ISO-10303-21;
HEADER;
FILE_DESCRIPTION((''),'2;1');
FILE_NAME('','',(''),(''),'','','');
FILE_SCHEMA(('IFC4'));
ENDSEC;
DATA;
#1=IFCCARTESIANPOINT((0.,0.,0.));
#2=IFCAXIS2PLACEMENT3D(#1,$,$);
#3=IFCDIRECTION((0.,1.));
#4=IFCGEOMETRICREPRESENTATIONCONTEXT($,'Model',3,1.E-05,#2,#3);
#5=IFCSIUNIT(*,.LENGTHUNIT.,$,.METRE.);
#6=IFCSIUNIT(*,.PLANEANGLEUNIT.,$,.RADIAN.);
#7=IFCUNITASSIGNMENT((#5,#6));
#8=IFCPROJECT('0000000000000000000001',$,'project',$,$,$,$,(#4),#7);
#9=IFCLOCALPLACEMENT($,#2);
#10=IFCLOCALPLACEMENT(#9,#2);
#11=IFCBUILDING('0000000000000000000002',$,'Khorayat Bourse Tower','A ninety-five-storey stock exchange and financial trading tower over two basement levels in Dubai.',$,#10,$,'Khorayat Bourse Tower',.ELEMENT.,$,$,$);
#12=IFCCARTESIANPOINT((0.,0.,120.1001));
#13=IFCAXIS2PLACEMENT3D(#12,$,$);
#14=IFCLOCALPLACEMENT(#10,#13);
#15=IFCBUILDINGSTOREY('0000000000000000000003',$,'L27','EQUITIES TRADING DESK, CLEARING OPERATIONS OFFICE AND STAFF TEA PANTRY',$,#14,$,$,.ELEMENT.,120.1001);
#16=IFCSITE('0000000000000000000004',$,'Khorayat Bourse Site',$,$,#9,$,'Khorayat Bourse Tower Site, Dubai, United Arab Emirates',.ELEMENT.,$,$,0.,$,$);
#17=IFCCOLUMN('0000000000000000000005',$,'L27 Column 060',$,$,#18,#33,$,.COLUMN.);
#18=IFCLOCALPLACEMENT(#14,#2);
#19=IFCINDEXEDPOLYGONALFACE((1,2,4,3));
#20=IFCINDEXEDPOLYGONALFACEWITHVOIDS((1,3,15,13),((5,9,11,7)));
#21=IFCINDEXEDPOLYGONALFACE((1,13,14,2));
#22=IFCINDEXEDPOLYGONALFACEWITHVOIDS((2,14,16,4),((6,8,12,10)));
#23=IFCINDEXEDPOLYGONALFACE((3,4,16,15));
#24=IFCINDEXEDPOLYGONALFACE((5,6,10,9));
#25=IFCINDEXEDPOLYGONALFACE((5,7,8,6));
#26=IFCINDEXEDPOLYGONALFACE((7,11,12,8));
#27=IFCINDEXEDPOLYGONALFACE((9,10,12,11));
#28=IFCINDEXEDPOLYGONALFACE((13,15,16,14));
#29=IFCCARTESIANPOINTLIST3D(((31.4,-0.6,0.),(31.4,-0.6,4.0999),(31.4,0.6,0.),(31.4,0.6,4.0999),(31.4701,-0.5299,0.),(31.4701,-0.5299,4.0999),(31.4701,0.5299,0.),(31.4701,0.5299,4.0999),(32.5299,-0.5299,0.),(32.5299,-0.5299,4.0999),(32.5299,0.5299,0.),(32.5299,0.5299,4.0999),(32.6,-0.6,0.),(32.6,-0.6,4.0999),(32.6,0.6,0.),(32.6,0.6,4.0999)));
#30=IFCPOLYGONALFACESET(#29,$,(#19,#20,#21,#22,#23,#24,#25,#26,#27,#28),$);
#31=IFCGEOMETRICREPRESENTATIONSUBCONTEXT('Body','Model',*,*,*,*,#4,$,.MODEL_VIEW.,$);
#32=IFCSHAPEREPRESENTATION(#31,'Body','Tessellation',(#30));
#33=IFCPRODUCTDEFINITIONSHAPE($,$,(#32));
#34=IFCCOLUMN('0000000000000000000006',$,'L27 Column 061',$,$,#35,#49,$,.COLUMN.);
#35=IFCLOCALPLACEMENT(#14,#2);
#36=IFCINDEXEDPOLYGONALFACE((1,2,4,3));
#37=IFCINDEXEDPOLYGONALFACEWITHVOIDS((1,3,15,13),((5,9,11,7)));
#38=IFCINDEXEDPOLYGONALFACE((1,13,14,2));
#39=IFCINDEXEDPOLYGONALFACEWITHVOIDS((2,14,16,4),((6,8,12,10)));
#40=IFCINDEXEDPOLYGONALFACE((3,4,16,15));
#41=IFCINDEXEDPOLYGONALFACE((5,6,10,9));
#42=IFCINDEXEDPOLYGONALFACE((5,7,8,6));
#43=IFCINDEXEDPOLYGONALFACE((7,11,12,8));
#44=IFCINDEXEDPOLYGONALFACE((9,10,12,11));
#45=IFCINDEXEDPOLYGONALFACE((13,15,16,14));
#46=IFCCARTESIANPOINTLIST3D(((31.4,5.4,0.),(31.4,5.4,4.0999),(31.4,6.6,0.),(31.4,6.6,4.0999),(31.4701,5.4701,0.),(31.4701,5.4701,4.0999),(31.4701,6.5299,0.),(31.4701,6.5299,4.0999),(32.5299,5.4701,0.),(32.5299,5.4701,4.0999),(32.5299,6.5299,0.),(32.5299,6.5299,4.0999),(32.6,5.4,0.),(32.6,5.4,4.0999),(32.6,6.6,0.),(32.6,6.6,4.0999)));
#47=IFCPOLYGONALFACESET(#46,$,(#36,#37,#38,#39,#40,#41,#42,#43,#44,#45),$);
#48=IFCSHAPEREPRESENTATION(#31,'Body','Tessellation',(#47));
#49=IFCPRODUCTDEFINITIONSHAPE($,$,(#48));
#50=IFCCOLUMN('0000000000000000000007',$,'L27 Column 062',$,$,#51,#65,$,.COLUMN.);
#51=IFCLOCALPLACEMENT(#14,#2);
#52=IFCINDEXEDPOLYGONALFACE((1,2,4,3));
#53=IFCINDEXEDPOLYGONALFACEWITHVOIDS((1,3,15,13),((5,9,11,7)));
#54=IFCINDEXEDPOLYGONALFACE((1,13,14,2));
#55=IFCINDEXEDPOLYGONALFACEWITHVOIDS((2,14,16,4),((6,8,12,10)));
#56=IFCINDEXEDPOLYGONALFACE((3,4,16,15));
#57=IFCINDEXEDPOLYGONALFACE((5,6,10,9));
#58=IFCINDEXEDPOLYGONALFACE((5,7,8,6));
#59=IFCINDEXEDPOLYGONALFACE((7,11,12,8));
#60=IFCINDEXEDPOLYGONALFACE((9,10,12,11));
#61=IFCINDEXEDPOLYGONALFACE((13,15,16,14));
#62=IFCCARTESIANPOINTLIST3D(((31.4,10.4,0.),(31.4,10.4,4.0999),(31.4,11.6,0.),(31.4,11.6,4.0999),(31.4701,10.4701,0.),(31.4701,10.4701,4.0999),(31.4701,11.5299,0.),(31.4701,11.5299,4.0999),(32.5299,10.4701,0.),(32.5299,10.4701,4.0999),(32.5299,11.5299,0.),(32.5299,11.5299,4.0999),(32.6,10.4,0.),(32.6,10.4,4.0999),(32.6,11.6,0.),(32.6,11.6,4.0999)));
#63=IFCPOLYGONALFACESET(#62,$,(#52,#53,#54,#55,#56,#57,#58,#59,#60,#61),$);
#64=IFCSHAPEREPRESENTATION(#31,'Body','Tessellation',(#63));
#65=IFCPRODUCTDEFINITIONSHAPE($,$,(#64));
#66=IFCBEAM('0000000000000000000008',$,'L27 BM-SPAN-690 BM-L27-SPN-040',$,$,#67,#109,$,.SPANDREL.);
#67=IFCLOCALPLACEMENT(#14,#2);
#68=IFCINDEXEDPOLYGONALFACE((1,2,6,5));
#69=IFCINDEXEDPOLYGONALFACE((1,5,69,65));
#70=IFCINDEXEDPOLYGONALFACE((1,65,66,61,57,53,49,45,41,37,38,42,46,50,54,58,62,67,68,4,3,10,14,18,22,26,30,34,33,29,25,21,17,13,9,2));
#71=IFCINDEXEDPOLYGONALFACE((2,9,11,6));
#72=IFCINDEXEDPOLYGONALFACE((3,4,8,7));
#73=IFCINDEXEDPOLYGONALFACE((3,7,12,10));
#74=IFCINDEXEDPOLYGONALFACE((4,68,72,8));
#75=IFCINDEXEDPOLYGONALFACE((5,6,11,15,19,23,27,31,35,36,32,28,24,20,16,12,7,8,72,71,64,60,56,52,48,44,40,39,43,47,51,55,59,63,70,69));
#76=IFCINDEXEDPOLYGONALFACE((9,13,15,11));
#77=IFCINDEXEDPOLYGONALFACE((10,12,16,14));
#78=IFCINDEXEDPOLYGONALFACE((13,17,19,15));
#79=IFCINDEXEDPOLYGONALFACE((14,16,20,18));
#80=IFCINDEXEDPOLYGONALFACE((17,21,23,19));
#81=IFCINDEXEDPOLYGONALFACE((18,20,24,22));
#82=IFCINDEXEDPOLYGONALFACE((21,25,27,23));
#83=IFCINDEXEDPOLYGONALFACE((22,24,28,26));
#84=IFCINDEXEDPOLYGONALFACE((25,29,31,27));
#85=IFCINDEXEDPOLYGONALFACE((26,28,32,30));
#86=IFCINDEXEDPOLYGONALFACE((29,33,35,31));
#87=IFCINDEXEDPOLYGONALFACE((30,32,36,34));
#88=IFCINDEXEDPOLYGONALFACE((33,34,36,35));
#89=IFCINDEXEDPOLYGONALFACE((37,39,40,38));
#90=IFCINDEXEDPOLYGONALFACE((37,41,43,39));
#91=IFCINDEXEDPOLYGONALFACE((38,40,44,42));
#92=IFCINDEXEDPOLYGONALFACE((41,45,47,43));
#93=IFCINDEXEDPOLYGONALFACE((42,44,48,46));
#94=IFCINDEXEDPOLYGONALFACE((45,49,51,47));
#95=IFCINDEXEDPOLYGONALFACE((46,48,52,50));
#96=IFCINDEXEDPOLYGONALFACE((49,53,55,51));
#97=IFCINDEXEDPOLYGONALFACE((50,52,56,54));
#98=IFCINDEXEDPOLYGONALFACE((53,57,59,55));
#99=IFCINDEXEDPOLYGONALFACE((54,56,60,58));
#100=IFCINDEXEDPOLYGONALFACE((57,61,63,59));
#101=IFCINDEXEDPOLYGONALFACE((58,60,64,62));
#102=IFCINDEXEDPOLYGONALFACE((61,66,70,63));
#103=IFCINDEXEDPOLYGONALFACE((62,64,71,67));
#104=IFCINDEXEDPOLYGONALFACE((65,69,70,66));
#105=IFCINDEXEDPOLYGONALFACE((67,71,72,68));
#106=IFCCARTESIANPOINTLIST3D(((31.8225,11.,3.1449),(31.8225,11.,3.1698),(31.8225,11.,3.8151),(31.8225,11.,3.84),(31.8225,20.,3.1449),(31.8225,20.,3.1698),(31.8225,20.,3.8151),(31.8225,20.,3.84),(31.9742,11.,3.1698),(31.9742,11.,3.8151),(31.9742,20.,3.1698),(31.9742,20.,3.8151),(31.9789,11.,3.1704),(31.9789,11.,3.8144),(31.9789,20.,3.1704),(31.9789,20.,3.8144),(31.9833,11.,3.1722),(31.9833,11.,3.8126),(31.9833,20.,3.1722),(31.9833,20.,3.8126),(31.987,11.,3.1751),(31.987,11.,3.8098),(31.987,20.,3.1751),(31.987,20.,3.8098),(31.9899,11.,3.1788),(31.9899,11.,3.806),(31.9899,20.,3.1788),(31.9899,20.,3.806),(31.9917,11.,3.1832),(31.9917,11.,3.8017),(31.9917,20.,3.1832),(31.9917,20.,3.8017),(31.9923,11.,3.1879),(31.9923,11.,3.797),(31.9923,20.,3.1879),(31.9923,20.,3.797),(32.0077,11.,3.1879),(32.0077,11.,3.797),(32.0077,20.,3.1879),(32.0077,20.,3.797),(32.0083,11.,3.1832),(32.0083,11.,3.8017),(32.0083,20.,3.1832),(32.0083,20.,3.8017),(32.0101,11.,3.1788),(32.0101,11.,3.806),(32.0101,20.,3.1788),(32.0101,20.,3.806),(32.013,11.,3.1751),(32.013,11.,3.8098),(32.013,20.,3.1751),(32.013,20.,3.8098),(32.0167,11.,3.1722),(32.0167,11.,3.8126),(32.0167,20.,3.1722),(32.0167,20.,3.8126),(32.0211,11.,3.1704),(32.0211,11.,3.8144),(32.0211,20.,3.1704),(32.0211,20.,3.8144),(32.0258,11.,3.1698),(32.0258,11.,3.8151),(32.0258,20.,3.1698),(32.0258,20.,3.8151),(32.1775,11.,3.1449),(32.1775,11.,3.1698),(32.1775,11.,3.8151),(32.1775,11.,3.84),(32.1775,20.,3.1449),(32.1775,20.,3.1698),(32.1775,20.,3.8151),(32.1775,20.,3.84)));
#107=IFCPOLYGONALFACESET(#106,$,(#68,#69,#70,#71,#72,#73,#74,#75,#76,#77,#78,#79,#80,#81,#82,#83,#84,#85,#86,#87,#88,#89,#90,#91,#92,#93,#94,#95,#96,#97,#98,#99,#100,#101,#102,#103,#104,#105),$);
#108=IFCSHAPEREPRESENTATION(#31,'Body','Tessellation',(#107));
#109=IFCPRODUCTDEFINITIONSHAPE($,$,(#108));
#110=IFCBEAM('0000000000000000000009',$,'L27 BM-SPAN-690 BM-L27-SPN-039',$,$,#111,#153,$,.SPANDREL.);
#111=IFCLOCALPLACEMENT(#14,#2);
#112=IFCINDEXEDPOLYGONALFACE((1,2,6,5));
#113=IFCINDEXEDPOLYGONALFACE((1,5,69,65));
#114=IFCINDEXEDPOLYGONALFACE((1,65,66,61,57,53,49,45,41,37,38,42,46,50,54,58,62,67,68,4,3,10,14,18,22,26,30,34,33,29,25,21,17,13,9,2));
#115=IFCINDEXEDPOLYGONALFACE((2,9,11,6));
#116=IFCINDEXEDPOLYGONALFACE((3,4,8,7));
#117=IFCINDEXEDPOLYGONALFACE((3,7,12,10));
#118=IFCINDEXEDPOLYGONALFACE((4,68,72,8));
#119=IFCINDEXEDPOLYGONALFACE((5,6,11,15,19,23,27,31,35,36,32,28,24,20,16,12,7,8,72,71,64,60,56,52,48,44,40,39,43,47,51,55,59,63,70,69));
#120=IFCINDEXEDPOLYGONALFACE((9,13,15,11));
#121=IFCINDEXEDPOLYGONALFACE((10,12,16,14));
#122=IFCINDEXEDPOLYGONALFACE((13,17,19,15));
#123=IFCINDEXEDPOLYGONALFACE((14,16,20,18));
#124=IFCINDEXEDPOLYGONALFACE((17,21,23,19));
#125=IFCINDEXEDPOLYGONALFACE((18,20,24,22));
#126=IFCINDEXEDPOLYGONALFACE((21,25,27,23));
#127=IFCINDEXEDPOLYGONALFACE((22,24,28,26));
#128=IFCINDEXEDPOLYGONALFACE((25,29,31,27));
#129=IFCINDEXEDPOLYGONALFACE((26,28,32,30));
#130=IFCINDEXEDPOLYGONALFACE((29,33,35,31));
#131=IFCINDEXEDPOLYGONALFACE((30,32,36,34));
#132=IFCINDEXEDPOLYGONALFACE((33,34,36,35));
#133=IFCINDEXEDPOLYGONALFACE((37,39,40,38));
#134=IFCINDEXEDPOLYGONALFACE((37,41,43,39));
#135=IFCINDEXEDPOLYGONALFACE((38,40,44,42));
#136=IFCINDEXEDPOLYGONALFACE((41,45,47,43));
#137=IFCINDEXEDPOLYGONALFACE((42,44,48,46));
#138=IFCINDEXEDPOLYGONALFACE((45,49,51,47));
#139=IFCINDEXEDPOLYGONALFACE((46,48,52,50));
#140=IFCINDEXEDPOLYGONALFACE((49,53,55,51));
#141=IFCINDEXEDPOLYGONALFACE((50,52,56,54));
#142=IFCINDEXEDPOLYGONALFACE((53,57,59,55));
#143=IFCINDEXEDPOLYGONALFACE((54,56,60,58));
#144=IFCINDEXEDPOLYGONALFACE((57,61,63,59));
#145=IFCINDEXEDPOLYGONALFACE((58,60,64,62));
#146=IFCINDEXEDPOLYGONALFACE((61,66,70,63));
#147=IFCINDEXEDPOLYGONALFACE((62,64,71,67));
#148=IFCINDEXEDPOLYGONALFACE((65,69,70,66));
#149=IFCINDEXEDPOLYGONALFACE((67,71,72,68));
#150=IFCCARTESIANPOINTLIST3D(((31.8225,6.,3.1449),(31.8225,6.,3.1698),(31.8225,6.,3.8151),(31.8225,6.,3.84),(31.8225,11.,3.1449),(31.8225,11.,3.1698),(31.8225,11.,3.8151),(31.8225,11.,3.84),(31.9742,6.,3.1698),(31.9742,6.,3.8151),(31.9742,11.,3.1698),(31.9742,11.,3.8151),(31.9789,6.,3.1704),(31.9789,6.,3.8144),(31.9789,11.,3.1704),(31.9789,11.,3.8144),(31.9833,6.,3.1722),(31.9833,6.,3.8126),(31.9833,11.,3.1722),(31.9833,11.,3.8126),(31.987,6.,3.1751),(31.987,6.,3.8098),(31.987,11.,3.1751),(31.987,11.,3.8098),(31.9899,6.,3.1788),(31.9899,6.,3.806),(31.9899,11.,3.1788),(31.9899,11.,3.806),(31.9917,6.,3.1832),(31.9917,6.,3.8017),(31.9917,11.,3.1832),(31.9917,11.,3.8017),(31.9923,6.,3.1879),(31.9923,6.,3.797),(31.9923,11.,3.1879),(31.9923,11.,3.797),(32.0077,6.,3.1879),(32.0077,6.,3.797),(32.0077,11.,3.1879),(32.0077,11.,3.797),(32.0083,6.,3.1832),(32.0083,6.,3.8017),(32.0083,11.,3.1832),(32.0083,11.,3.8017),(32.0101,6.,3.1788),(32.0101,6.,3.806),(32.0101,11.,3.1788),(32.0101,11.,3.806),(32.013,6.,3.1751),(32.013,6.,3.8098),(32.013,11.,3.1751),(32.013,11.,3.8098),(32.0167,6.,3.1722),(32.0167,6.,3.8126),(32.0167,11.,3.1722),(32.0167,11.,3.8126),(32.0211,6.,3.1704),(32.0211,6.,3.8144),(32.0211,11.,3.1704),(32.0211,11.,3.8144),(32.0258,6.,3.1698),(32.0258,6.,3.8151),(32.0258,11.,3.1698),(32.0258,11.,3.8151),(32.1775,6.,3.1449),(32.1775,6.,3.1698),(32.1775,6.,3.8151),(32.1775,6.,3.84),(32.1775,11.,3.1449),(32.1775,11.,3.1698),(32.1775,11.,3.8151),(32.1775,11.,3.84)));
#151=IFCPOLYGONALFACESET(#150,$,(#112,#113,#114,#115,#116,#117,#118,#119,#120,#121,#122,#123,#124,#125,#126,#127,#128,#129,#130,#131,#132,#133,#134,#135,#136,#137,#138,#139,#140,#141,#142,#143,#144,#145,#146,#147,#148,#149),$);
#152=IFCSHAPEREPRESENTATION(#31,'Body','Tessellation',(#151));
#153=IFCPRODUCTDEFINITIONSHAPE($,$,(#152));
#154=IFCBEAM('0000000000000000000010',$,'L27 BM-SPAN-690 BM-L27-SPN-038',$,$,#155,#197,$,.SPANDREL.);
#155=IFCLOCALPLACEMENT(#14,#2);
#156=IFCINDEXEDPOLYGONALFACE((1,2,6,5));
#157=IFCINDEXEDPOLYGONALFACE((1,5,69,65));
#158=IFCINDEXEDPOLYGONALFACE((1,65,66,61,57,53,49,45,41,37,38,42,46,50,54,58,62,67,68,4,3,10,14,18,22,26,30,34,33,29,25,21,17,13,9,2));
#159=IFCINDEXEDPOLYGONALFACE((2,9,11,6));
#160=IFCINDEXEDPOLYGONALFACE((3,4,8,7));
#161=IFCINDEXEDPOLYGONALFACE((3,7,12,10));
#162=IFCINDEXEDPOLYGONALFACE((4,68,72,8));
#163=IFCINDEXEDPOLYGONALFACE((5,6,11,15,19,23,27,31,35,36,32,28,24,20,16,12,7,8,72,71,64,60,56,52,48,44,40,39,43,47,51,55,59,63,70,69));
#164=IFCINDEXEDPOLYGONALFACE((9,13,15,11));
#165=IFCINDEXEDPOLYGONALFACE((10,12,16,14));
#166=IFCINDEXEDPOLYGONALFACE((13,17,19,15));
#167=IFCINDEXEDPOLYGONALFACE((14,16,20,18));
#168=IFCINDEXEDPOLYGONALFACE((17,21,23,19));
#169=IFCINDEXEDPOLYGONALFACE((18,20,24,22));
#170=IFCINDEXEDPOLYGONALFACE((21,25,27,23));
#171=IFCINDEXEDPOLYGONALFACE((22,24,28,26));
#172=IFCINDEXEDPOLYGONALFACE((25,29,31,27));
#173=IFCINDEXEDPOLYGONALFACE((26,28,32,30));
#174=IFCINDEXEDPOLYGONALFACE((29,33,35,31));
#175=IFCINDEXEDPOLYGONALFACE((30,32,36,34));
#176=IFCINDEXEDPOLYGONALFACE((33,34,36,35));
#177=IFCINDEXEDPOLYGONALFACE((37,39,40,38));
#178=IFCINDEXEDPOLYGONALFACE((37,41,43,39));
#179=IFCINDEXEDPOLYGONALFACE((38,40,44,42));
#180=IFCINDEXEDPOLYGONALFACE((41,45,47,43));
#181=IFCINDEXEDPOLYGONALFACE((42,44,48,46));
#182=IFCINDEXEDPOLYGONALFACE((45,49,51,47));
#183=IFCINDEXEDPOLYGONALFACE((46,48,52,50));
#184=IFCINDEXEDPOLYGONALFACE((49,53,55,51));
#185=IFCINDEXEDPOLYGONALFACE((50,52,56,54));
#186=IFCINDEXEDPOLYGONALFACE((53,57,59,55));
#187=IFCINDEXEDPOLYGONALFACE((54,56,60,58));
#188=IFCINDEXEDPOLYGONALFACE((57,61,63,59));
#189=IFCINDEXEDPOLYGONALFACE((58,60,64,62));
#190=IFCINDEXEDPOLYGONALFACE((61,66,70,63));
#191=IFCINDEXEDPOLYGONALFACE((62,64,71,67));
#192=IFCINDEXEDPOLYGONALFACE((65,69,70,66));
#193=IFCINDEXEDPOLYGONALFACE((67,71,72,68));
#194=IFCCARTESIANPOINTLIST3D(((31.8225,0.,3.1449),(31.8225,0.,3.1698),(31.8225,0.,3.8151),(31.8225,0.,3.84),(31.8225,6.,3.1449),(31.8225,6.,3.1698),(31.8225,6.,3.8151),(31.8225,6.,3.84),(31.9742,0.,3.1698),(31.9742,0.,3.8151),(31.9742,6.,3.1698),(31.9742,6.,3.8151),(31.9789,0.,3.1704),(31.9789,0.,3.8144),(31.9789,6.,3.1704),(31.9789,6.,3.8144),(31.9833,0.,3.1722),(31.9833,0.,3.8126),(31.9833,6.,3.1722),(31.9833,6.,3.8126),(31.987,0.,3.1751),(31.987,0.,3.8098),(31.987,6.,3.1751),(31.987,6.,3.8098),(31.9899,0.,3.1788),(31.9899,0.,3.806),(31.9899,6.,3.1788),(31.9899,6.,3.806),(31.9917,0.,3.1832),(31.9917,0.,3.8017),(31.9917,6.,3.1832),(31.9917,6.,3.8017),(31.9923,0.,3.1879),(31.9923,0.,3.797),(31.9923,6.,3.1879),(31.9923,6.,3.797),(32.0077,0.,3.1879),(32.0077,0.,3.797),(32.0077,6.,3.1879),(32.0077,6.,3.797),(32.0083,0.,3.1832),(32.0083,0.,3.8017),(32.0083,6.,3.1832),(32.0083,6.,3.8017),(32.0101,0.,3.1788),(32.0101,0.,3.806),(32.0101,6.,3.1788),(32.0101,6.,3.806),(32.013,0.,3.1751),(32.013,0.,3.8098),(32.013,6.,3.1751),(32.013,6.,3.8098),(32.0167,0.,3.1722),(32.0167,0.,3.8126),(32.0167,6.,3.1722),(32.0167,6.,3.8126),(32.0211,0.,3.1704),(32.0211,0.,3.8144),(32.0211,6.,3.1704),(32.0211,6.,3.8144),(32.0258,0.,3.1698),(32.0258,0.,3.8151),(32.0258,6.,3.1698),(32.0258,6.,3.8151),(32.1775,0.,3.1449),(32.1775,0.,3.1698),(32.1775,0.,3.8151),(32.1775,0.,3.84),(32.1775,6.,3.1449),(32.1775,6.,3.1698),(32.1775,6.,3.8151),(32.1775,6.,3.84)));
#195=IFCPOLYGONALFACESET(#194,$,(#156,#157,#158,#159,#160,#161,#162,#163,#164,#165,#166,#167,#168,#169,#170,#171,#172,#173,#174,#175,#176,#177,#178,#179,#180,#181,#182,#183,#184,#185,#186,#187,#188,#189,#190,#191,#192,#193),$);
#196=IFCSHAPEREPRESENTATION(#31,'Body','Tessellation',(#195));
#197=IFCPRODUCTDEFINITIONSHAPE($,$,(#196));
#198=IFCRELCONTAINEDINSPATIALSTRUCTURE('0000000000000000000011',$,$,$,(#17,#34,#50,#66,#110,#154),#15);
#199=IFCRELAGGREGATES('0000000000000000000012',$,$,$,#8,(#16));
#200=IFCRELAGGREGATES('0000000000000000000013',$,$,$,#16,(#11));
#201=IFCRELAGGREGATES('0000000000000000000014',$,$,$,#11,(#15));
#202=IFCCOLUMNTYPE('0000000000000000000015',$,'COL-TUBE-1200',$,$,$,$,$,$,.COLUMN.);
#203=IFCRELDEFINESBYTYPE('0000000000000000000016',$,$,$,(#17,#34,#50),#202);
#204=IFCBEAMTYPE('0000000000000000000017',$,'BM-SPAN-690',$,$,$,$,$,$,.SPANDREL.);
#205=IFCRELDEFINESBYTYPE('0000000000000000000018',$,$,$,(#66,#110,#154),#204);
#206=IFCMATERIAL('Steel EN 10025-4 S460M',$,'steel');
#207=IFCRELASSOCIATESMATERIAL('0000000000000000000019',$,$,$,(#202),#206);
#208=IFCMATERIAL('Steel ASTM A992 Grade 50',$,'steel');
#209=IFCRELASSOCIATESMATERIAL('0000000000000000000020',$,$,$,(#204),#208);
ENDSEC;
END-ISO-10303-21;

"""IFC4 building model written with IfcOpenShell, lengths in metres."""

from ifc_helpers import new_model, si_unit, direction, frame, origin, origin_2d, place, context, subcontext, project, spatial, hollow_rectangle, i_section, extrude, source, transform, mapped, material, material_profile, profile_set, type_object, element, save


model = new_model("IFC4")

# Units and contexts
model_context = context("Model", 3, precision=1e-05, world=origin(), true_north=direction((0.0, 1.0)))
body_context = subcontext(model_context, "Body", "Model", "MODEL_VIEW")
ifc_project = project(units=[si_unit("LENGTHUNIT", "METRE"), si_unit("PLANEANGLEUNIT", "RADIAN")], contexts=[model_context])

# Site, building, storey
site_placement = place(None, origin())
site = spatial("IfcSite", under=ifc_project, at=site_placement, Name="Khorayat Bourse Site", LongName="Khorayat Bourse Tower Site, Dubai, United Arab Emirates", CompositionType="ELEMENT", RefElevation=0.0)
building_placement = place(site_placement, origin())
building = spatial("IfcBuilding", under=site, at=building_placement, Name="Khorayat Bourse Tower", Description="A ninety-five-storey stock exchange and financial trading tower over two basement levels in Dubai.", LongName="Khorayat Bourse Tower", CompositionType="ELEMENT")
storey_placement = place(building_placement, frame((0.0, 0.0, 120.1001)))
storey = spatial("IfcBuildingStorey", under=building, at=storey_placement, Name="L27", Description="EQUITIES TRADING DESK, CLEARING OPERATIONS OFFICE AND STAFF TEA PANTRY", CompositionType="ELEMENT", Elevation=120.1001)

# Columns
ifc_material_1 = material(Name="Steel EN 10025-4 S460M", Category="steel")
ifc_material_profile_1 = material_profile(ifc_material_1, hollow_rectangle(XDim=1.2, YDim=1.2, WallThickness=0.0701, at=origin_2d()), Name="BOX 1200x1200x70")
ifc_profile_set_1 = profile_set([ifc_material_profile_1], Name="Steel EN 10025-4 S460M")
column_type = type_object("IfcColumnType", Name="COL-TUBE-1200", PredefinedType="COLUMN", material=ifc_profile_set_1)
shared_shape_1 = source(origin(), body_context, "Body", "SweptSolid", [
    extrude(hollow_rectangle(XDim=1.2, YDim=1.2, WallThickness=0.0701, at=origin_2d()), origin(), (0.0, 0.0, 1.0), 4.0999),
])
for number, where, z_axis, x_axis, name in (
    (1, (32.0, 0.0, 0.0), (0.0, 0.0, 1.0), (1.0, 0.0, 0.0), "L27 Column 060"),
    (2, (32.0, 6.0, 0.0), (0.0, 0.0, 1.0), (1.0, 0.0, 0.0), "L27 Column 061"),
    (3, (32.0, 11.0, 0.0), (0.0, 0.0, 1.0), (1.0, 0.0, 0.0), "L27 Column 062"),
):
    element("IfcColumn", number, at=place(storey_placement, frame(where, z_axis=z_axis, x_axis=x_axis)), inside=storey, type_object=column_type, Name=name, PredefinedType="COLUMN", context=body_context, shape_type="MappedRepresentation", body=[
        mapped(shared_shape_1, transform((0.0, 0.0, 0.0), scale=1.0)),
    ])

# Beams
ifc_material_2 = material(Name="Steel ASTM A992 Grade 50", Category="steel")
ifc_material_profile_2 = material_profile(ifc_material_2, i_section(OverallWidth=0.355, OverallDepth=0.6951, WebThickness=0.0154, FlangeThickness=0.0249, FilletRadius=0.0181, at=origin_2d()), Name="W690X217")
ifc_profile_set_2 = profile_set([ifc_material_profile_2], Name="Steel ASTM A992 Grade 50")
beam_type_1 = type_object("IfcBeamType", Name="BM-SPAN-690", PredefinedType="SPANDREL", material=ifc_profile_set_2)
shared_shape_2 = source(origin(), body_context, "Body", "SweptSolid", [
    extrude(i_section(OverallWidth=0.355, OverallDepth=0.6951, WebThickness=0.0154, FlangeThickness=0.0249, FilletRadius=0.0181, at=origin_2d()), origin(), (0.0, 0.0, 1.0), 9.0),
])
beam_1_placement = place(storey_placement, frame((32.0, 11.0, 3.4924), z_axis=(0.0, 1.0, 0.0), x_axis=(-1.0, 0.0, 0.0)))
element("IfcBeam", 4, at=beam_1_placement, inside=storey, type_object=beam_type_1, Name="L27 BM-SPAN-690 BM-L27-SPN-040", PredefinedType="SPANDREL", context=body_context, shape_type="MappedRepresentation", body=[
    mapped(shared_shape_2, transform((0.0, 0.0, 0.0), scale=1.0)),
])
shared_shape_3 = source(origin(), body_context, "Body", "SweptSolid", [
    extrude(i_section(OverallWidth=0.355, OverallDepth=0.6951, WebThickness=0.0154, FlangeThickness=0.0249, FilletRadius=0.0181, at=origin_2d()), origin(), (0.0, 0.0, 1.0), 5.0),
])
beam_2_placement = place(storey_placement, frame((32.0, 6.0, 3.4924), z_axis=(0.0, 1.0, 0.0), x_axis=(-1.0, 0.0, 0.0)))
element("IfcBeam", 5, at=beam_2_placement, inside=storey, type_object=beam_type_1, Name="L27 BM-SPAN-690 BM-L27-SPN-039", PredefinedType="SPANDREL", context=body_context, shape_type="MappedRepresentation", body=[
    mapped(shared_shape_3, transform((0.0, 0.0, 0.0), scale=1.0)),
])
shared_shape_4 = source(origin(), body_context, "Body", "SweptSolid", [
    extrude(i_section(OverallWidth=0.355, OverallDepth=0.6951, WebThickness=0.0154, FlangeThickness=0.0249, FilletRadius=0.0181, at=origin_2d()), origin(), (0.0, 0.0, 1.0), 6.0),
])
beam_3_placement = place(storey_placement, frame((32.0, 0.0, 3.4924), z_axis=(0.0, 1.0, 0.0), x_axis=(-1.0, 0.0, 0.0)))
element("IfcBeam", 6, at=beam_3_placement, inside=storey, type_object=beam_type_1, Name="L27 BM-SPAN-690 BM-L27-SPN-038", PredefinedType="SPANDREL", context=body_context, shape_type="MappedRepresentation", body=[
    mapped(shared_shape_4, transform((0.0, 0.0, 0.0), scale=1.0)),
])

save(model, "model.ifc")
